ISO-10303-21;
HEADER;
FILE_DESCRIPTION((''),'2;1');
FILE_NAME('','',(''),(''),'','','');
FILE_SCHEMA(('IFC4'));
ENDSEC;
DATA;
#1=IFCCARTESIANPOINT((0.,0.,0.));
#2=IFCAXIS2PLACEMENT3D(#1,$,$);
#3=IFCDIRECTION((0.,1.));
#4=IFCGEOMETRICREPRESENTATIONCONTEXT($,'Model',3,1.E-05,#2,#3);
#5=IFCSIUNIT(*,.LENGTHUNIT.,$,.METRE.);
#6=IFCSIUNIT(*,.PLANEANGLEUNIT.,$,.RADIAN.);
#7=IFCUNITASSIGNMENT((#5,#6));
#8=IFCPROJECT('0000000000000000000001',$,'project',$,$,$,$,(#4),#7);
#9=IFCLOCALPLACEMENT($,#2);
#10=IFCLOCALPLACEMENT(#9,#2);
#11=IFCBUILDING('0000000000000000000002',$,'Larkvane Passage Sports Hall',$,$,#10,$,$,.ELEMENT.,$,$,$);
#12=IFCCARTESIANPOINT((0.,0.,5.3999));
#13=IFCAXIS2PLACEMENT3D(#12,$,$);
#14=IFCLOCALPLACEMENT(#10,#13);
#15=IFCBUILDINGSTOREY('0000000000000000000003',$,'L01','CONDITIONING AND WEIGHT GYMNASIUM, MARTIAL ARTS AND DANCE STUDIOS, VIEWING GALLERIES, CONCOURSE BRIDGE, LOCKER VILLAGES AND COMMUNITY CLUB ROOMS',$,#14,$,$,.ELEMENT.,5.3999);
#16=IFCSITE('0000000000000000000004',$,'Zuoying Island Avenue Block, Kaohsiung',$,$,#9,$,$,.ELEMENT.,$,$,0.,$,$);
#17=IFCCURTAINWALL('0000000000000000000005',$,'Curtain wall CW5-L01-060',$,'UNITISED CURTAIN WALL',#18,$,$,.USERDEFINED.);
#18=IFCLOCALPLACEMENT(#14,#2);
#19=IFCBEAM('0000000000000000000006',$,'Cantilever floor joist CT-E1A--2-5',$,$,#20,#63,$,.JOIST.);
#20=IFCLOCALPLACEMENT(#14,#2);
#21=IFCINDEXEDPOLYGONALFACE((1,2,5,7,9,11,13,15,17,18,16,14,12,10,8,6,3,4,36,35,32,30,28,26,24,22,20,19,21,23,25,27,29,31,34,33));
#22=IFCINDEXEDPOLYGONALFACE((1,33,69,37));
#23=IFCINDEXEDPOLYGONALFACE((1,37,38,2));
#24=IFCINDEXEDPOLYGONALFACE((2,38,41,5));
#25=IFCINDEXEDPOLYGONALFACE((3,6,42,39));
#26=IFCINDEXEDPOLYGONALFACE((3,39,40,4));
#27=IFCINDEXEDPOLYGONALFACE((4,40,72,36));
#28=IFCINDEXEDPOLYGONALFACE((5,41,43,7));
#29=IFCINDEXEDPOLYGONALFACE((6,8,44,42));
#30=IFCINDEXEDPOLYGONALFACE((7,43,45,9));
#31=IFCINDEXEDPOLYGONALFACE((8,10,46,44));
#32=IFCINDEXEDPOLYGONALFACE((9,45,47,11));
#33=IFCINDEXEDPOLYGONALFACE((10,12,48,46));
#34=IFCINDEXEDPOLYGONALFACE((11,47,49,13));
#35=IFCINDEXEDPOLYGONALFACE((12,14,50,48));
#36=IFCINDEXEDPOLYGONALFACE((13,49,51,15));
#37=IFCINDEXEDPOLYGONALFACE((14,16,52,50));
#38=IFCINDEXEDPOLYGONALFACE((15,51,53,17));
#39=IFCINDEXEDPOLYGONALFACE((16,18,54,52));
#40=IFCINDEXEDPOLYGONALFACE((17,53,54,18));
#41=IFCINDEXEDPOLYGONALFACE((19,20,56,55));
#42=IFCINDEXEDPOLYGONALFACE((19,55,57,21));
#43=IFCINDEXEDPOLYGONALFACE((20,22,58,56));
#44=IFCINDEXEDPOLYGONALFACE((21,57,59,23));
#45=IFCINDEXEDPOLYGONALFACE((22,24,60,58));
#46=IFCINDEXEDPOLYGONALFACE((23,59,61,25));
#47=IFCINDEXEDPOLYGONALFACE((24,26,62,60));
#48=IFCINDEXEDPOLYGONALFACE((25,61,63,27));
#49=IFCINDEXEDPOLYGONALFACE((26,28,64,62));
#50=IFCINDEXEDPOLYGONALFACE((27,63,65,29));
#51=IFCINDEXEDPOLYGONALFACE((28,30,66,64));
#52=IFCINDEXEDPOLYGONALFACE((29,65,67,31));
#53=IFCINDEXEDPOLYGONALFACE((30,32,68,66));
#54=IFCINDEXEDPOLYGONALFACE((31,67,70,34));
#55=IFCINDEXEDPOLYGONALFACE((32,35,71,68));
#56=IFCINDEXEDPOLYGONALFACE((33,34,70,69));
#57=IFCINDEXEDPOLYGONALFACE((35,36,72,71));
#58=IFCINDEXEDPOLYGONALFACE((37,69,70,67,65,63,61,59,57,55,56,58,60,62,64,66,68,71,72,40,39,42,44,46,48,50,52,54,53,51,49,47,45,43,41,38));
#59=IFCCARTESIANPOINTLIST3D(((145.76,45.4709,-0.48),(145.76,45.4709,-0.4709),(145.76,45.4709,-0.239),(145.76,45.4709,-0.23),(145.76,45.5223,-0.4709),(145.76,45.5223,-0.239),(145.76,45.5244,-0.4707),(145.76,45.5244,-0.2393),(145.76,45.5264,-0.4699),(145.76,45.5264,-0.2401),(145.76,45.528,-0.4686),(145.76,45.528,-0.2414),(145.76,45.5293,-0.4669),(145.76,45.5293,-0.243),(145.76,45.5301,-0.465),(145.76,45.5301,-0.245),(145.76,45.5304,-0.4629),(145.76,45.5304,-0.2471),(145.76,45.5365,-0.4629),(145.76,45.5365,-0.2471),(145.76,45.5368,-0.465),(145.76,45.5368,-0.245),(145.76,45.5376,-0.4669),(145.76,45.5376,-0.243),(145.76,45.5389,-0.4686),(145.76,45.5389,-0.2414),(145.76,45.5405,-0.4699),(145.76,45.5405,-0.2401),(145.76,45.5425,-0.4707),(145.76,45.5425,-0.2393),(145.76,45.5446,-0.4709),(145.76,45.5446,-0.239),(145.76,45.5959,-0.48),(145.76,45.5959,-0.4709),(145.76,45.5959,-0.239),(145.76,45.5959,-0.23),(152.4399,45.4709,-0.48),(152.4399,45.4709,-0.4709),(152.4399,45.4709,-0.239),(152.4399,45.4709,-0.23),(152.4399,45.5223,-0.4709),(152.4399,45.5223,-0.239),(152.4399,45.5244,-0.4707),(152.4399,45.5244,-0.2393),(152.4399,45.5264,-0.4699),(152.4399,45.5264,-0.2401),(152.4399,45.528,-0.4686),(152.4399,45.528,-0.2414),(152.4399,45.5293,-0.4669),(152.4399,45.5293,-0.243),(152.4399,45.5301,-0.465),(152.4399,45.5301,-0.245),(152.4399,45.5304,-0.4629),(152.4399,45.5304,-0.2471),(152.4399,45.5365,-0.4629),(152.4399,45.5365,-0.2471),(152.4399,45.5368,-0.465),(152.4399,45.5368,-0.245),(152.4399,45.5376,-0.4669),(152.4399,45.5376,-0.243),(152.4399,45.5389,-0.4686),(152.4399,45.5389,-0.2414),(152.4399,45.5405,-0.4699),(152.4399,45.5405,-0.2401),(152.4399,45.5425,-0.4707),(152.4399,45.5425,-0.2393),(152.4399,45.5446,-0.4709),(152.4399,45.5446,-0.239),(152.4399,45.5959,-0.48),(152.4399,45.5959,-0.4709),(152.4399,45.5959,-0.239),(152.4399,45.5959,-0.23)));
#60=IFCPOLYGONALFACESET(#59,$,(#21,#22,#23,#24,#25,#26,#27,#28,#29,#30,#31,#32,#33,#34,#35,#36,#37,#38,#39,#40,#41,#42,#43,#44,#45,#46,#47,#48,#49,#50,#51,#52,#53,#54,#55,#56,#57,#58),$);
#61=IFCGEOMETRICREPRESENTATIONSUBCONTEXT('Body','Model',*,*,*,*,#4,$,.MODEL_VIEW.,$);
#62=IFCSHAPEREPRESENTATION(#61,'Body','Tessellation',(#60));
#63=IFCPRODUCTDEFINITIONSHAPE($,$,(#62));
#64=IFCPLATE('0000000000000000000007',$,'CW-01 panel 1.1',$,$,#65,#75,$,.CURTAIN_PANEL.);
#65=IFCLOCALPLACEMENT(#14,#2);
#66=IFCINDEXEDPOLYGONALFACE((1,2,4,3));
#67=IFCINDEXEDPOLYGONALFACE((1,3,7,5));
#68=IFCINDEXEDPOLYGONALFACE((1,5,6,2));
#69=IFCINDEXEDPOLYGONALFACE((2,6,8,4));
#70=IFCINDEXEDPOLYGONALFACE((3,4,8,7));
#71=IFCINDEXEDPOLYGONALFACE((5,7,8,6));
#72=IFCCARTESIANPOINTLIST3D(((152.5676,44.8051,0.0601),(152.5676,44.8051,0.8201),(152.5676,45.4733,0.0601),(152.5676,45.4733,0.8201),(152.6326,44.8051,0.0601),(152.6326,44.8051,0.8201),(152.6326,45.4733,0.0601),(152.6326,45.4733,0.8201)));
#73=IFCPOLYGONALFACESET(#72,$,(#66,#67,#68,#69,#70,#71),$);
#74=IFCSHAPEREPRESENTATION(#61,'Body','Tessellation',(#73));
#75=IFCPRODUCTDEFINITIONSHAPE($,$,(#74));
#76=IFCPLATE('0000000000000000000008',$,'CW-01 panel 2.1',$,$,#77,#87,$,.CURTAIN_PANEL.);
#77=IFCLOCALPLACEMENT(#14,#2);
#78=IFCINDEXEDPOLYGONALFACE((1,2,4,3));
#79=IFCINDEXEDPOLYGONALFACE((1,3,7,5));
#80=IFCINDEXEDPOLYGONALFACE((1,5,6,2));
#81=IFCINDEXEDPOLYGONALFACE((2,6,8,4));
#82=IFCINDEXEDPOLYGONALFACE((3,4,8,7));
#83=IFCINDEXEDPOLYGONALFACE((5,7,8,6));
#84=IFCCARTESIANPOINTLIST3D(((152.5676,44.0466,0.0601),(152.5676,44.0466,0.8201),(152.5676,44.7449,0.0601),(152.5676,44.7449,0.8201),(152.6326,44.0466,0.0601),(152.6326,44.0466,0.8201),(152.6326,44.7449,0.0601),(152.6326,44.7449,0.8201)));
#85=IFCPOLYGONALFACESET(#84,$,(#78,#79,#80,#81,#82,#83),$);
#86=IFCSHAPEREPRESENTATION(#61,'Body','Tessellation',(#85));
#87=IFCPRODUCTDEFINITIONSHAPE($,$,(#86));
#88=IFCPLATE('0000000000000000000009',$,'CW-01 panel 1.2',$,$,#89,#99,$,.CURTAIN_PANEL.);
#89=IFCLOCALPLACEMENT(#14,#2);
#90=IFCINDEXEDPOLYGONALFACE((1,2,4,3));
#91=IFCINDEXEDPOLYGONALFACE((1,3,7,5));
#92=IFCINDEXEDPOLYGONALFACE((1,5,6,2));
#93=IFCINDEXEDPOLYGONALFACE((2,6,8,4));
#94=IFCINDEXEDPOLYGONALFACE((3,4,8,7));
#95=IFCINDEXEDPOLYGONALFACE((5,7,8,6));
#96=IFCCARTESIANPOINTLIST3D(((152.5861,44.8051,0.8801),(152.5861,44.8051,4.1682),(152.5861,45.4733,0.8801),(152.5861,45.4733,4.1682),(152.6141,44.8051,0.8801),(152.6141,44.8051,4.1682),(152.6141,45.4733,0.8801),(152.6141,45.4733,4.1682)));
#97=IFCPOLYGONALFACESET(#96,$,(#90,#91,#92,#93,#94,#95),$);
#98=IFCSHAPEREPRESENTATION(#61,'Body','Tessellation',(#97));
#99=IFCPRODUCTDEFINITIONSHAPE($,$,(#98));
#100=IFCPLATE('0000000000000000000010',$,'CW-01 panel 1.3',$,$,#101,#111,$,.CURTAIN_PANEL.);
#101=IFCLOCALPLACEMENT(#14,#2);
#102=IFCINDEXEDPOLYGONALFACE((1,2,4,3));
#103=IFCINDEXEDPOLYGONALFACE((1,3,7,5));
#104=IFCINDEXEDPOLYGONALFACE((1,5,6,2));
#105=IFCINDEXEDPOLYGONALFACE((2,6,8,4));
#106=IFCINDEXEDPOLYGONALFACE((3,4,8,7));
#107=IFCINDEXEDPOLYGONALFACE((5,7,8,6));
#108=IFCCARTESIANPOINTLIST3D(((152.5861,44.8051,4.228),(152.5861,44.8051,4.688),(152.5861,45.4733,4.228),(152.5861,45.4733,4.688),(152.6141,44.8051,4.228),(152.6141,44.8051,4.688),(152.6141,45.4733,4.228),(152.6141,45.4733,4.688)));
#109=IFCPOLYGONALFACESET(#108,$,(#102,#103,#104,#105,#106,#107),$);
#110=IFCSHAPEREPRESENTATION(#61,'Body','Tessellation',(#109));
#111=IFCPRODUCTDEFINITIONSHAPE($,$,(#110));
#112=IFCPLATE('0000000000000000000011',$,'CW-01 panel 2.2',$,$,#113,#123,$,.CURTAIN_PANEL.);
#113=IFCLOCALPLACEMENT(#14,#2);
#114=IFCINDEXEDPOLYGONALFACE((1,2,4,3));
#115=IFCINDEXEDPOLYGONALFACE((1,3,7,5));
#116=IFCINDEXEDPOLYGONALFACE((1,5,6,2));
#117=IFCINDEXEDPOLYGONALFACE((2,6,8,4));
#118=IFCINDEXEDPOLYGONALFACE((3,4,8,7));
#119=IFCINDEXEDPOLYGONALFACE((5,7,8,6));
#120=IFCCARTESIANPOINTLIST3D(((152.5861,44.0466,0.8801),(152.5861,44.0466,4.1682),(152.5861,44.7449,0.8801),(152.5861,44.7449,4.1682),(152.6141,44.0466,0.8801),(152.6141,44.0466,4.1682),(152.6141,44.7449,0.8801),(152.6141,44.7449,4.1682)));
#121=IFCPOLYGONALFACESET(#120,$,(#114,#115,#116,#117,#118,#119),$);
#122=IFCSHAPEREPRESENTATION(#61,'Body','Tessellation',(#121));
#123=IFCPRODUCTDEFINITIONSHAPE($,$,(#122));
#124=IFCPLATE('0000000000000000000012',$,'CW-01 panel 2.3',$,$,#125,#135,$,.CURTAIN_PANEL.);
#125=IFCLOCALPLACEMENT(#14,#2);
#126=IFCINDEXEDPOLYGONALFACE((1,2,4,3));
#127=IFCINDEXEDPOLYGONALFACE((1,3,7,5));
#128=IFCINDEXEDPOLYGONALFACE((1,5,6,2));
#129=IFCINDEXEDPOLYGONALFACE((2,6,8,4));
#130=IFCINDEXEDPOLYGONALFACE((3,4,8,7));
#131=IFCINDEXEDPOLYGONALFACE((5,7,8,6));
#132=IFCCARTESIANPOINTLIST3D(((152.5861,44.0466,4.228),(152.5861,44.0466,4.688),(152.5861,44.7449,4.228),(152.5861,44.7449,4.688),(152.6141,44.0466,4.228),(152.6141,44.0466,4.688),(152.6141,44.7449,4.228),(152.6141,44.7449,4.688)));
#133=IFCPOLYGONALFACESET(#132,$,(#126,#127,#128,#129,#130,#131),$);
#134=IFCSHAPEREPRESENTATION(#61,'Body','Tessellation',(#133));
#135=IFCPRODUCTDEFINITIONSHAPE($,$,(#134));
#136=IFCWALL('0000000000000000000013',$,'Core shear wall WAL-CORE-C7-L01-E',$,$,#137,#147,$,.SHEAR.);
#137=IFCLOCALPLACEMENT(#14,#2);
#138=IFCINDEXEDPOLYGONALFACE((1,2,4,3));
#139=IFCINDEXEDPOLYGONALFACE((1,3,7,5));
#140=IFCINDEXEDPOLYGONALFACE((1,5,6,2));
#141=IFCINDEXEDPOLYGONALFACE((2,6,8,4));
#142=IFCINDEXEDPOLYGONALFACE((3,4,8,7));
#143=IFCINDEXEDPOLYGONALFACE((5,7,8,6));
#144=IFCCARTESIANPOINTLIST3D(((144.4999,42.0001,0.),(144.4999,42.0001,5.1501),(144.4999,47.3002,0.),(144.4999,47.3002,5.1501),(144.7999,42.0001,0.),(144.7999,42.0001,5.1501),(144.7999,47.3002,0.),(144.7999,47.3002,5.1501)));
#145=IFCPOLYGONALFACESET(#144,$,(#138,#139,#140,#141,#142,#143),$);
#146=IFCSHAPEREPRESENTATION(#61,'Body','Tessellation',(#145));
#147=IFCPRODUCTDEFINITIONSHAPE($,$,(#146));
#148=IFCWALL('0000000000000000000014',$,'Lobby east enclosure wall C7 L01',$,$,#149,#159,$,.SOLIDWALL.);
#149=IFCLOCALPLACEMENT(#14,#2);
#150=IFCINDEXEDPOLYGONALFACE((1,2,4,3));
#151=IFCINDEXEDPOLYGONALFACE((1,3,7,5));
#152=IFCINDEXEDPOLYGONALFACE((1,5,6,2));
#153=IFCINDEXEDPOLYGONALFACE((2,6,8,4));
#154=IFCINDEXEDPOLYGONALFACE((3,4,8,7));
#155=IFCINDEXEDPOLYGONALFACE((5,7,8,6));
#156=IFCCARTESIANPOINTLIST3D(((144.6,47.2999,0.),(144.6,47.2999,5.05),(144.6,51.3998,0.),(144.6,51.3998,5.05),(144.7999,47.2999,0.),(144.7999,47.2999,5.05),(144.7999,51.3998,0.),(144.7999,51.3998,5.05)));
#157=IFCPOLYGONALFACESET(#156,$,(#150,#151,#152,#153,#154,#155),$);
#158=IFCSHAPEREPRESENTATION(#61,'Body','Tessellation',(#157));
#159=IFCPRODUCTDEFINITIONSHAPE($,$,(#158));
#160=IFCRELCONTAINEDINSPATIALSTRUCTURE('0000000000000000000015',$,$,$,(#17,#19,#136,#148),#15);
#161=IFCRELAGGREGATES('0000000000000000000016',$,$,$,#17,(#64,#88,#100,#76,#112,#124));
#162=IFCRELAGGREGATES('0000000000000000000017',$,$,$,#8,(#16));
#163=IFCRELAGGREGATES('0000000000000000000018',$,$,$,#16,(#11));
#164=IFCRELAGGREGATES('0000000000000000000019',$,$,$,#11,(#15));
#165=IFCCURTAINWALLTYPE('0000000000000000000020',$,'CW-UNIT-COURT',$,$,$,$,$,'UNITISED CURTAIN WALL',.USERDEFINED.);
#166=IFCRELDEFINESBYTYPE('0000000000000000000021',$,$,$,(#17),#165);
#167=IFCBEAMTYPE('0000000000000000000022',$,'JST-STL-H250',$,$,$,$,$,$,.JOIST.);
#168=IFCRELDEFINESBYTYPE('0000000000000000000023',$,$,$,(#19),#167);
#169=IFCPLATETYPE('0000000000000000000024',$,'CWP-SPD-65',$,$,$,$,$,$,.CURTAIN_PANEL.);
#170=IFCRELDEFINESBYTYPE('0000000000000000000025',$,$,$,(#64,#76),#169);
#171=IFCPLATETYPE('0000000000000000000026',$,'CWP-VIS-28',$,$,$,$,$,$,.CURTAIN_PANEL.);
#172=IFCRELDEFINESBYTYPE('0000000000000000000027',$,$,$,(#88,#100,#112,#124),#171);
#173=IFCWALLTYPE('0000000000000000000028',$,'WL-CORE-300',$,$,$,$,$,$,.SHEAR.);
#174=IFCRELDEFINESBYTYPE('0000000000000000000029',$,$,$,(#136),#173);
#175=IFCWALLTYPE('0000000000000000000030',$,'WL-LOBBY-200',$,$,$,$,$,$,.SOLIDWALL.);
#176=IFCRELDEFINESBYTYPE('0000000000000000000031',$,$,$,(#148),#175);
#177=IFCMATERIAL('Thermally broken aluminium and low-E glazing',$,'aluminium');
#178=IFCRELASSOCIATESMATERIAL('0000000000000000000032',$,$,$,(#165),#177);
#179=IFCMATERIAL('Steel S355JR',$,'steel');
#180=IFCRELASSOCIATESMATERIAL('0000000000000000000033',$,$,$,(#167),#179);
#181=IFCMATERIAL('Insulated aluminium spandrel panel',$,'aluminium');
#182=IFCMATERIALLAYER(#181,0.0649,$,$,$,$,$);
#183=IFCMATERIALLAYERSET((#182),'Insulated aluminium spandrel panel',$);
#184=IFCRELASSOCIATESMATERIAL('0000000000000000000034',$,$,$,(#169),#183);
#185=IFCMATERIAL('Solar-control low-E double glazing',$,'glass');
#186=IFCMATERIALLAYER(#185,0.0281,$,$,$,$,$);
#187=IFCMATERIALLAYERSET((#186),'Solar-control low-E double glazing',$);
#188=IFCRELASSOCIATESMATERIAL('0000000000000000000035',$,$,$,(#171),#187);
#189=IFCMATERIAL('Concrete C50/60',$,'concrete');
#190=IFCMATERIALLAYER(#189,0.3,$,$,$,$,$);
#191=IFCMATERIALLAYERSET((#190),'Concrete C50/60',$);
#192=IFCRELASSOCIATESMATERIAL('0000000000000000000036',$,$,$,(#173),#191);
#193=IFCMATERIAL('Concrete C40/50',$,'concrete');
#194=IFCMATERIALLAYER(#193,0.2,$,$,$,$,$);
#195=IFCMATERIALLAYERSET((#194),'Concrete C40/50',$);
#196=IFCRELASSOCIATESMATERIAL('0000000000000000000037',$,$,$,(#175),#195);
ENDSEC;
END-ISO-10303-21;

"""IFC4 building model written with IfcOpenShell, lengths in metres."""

from ifc_helpers import new_model, si_unit, direction, frame, frame_2d, origin, origin_2d, place, context, subcontext, project, spatial, rectangle, i_section, extrude, material, layer, layer_set, material_profile, profile_set, type_object, element, aggregate, save


model = new_model("IFC4")

# Units and contexts
model_context = context("Model", 3, precision=1e-05, world=origin(), true_north=direction((0.0, 1.0)))
body_context = subcontext(model_context, "Body", "Model", "MODEL_VIEW")
ifc_project = project(units=[si_unit("LENGTHUNIT", "METRE"), si_unit("PLANEANGLEUNIT", "RADIAN")], contexts=[model_context])

# Site, building, storey
site_placement = place(None, origin())
site = spatial("IfcSite", under=ifc_project, at=site_placement, Name="Zuoying Island Avenue Block, Kaohsiung", CompositionType="ELEMENT", RefElevation=0.0)
building_placement = place(site_placement, origin())
building = spatial("IfcBuilding", under=site, at=building_placement, Name="Larkvane Passage Sports Hall", CompositionType="ELEMENT")
storey_placement = place(building_placement, frame((0.0, 0.0, 5.3999)))
storey = spatial("IfcBuildingStorey", under=building, at=storey_placement, Name="L01", Description="CONDITIONING AND WEIGHT GYMNASIUM, MARTIAL ARTS AND DANCE STUDIOS, VIEWING GALLERIES, CONCOURSE BRIDGE, LOCKER VILLAGES AND COMMUNITY CLUB ROOMS", CompositionType="ELEMENT", Elevation=5.3999)

# Curtain wall
ifc_material_1 = material(Name="Thermally broken aluminium and low-E glazing", Category="aluminium")
curtain_wall_type = type_object("IfcCurtainWallType", Name="CW-UNIT-COURT", ElementType="UNITISED CURTAIN WALL", PredefinedType="USERDEFINED", material=ifc_material_1)
curtain_wall_placement = place(storey_placement, origin())
curtain_wall = element("IfcCurtainWall", 1, at=curtain_wall_placement, inside=storey, type_object=curtain_wall_type, Name="Curtain wall CW5-L01-060", ObjectType="UNITISED CURTAIN WALL", PredefinedType="USERDEFINED")

# Beam
ifc_material_2 = material(Name="Steel S355JR", Category="steel")
ifc_material_profile_1 = material_profile(ifc_material_2, i_section(OverallWidth=0.125, OverallDepth=0.25, WebThickness=0.0061, FlangeThickness=0.009, FilletRadius=0.0081, at=origin_2d()), Name="H-250x125x6x9")
ifc_profile_set_1 = profile_set([ifc_material_profile_1], Name="Steel S355JR")
beam_type = type_object("IfcBeamType", Name="JST-STL-H250", PredefinedType="JOIST", material=ifc_profile_set_1)
beam_placement = place(storey_placement, frame((145.76, 45.5334, -0.355), z_axis=(1.0, 0.0, 0.0), x_axis=(0.0, 1.0, 0.0)))
element("IfcBeam", 2, at=beam_placement, inside=storey, type_object=beam_type, Name="Cantilever floor joist CT-E1A--2-5", PredefinedType="JOIST", context=body_context, shape_type="SweptSolid", body=[
    extrude(i_section(OverallWidth=0.125, OverallDepth=0.25, WebThickness=0.0061, FlangeThickness=0.009, FilletRadius=0.0081, at=origin_2d()), origin(), (0.0, 0.0, 1.0), 6.6799),
])

# Plates
ifc_material_3 = material(Name="Insulated aluminium spandrel panel", Category="aluminium")
ifc_layer_1 = layer(ifc_material_3, 0.0649)
ifc_layer_set_1 = layer_set([ifc_layer_1], Name="Insulated aluminium spandrel panel")
plate_type_1 = type_object("IfcPlateType", Name="CWP-SPD-65", PredefinedType="CURTAIN_PANEL", material=ifc_layer_set_1)
plate_1_placement = place(storey_placement, frame((152.6001, 45.1392, 0.0601), z_axis=(0.0, 0.0, 1.0), x_axis=(0.0, -1.0, 0.0)))
plate_1 = element("IfcPlate", 3, at=plate_1_placement, type_object=plate_type_1, Name="CW-01 panel 1.1", PredefinedType="CURTAIN_PANEL", context=body_context, shape_type="SweptSolid", body=[
    extrude(rectangle(XDim=0.6682, YDim=0.0649, at=origin_2d()), origin(), (0.0, 0.0, 1.0), 0.76),
])
plate_2_placement = place(storey_placement, frame((152.6001, 44.3958, 0.0601), z_axis=(0.0, 0.0, 1.0), x_axis=(0.0, -1.0, 0.0)))
plate_2 = element("IfcPlate", 4, at=plate_2_placement, type_object=plate_type_1, Name="CW-01 panel 2.1", PredefinedType="CURTAIN_PANEL", context=body_context, shape_type="SweptSolid", body=[
    extrude(rectangle(XDim=0.6982, YDim=0.0649, at=origin_2d()), origin(), (0.0, 0.0, 1.0), 0.76),
])
ifc_material_4 = material(Name="Solar-control low-E double glazing", Category="glass")
ifc_layer_2 = layer(ifc_material_4, 0.0281)
ifc_layer_set_2 = layer_set([ifc_layer_2], Name="Solar-control low-E double glazing")
plate_type_2 = type_object("IfcPlateType", Name="CWP-VIS-28", PredefinedType="CURTAIN_PANEL", material=ifc_layer_set_2)
plate_3_placement = place(storey_placement, frame((152.6001, 45.1392, 0.8801), z_axis=(0.0, 0.0, 1.0), x_axis=(0.0, -1.0, 0.0)))
plate_3 = element("IfcPlate", 5, at=plate_3_placement, type_object=plate_type_2, Name="CW-01 panel 1.2", PredefinedType="CURTAIN_PANEL", context=body_context, shape_type="SweptSolid", body=[
    extrude(rectangle(XDim=0.6682, YDim=0.0281, at=origin_2d()), origin(), (0.0, 0.0, 1.0), 3.2881),
])
plate_4_placement = place(storey_placement, frame((152.6001, 45.1392, 4.228), z_axis=(0.0, 0.0, 1.0), x_axis=(0.0, -1.0, 0.0)))
plate_4 = element("IfcPlate", 6, at=plate_4_placement, type_object=plate_type_2, Name="CW-01 panel 1.3", PredefinedType="CURTAIN_PANEL", context=body_context, shape_type="SweptSolid", body=[
    extrude(rectangle(XDim=0.6682, YDim=0.0281, at=origin_2d()), origin(), (0.0, 0.0, 1.0), 0.46),
])
plate_5_placement = place(storey_placement, frame((152.6001, 44.3958, 0.8801), z_axis=(0.0, 0.0, 1.0), x_axis=(0.0, -1.0, 0.0)))
plate_5 = element("IfcPlate", 7, at=plate_5_placement, type_object=plate_type_2, Name="CW-01 panel 2.2", PredefinedType="CURTAIN_PANEL", context=body_context, shape_type="SweptSolid", body=[
    extrude(rectangle(XDim=0.6982, YDim=0.0281, at=origin_2d()), origin(), (0.0, 0.0, 1.0), 3.2881),
])
plate_6_placement = place(storey_placement, frame((152.6001, 44.3958, 4.228), z_axis=(0.0, 0.0, 1.0), x_axis=(0.0, -1.0, 0.0)))
plate_6 = element("IfcPlate", 8, at=plate_6_placement, type_object=plate_type_2, Name="CW-01 panel 2.3", PredefinedType="CURTAIN_PANEL", context=body_context, shape_type="SweptSolid", body=[
    extrude(rectangle(XDim=0.6982, YDim=0.0281, at=origin_2d()), origin(), (0.0, 0.0, 1.0), 0.46),
])
aggregate(curtain_wall, [plate_1, plate_3, plate_4, plate_2, plate_5, plate_6])

# Walls
ifc_material_5 = material(Name="Concrete C50/60", Category="concrete")
ifc_layer_3 = layer(ifc_material_5, 0.3)
ifc_layer_set_3 = layer_set([ifc_layer_3], Name="Concrete C50/60")
wall_type_1 = type_object("IfcWallType", Name="WL-CORE-300", PredefinedType="SHEAR", material=ifc_layer_set_3)
wall_1_placement = place(storey_placement, frame((144.6499, 47.3, 0.0), z_axis=(0.0, 0.0, 1.0), x_axis=(0.0, -1.0, 0.0)))
element("IfcWall", 9, at=wall_1_placement, inside=storey, type_object=wall_type_1, Name="Core shear wall WAL-CORE-C7-L01-E", PredefinedType="SHEAR", context=body_context, shape_type="SweptSolid", body=[
    extrude(rectangle(XDim=5.3, YDim=0.3, at=frame_2d((2.6499, 0.0))), origin(), (0.0, 0.0, 1.0), 5.1501),
])
ifc_material_6 = material(Name="Concrete C40/50", Category="concrete")
ifc_layer_4 = layer(ifc_material_6, 0.2)
ifc_layer_set_4 = layer_set([ifc_layer_4], Name="Concrete C40/50")
wall_type_2 = type_object("IfcWallType", Name="WL-LOBBY-200", PredefinedType="SOLIDWALL", material=ifc_layer_set_4)
wall_2_placement = place(storey_placement, frame((144.7, 47.3, 0.0), z_axis=(0.0, 0.0, 1.0), x_axis=(0.0, 1.0, 0.0)))
element("IfcWall", 10, at=wall_2_placement, inside=storey, type_object=wall_type_2, Name="Lobby east enclosure wall C7 L01", PredefinedType="SOLIDWALL", context=body_context, shape_type="SweptSolid", body=[
    extrude(rectangle(XDim=4.0999, YDim=0.2, at=frame_2d((2.0498, 0.0))), origin(), (0.0, 0.0, 1.0), 5.05),
])

save(model, "model.ifc")
